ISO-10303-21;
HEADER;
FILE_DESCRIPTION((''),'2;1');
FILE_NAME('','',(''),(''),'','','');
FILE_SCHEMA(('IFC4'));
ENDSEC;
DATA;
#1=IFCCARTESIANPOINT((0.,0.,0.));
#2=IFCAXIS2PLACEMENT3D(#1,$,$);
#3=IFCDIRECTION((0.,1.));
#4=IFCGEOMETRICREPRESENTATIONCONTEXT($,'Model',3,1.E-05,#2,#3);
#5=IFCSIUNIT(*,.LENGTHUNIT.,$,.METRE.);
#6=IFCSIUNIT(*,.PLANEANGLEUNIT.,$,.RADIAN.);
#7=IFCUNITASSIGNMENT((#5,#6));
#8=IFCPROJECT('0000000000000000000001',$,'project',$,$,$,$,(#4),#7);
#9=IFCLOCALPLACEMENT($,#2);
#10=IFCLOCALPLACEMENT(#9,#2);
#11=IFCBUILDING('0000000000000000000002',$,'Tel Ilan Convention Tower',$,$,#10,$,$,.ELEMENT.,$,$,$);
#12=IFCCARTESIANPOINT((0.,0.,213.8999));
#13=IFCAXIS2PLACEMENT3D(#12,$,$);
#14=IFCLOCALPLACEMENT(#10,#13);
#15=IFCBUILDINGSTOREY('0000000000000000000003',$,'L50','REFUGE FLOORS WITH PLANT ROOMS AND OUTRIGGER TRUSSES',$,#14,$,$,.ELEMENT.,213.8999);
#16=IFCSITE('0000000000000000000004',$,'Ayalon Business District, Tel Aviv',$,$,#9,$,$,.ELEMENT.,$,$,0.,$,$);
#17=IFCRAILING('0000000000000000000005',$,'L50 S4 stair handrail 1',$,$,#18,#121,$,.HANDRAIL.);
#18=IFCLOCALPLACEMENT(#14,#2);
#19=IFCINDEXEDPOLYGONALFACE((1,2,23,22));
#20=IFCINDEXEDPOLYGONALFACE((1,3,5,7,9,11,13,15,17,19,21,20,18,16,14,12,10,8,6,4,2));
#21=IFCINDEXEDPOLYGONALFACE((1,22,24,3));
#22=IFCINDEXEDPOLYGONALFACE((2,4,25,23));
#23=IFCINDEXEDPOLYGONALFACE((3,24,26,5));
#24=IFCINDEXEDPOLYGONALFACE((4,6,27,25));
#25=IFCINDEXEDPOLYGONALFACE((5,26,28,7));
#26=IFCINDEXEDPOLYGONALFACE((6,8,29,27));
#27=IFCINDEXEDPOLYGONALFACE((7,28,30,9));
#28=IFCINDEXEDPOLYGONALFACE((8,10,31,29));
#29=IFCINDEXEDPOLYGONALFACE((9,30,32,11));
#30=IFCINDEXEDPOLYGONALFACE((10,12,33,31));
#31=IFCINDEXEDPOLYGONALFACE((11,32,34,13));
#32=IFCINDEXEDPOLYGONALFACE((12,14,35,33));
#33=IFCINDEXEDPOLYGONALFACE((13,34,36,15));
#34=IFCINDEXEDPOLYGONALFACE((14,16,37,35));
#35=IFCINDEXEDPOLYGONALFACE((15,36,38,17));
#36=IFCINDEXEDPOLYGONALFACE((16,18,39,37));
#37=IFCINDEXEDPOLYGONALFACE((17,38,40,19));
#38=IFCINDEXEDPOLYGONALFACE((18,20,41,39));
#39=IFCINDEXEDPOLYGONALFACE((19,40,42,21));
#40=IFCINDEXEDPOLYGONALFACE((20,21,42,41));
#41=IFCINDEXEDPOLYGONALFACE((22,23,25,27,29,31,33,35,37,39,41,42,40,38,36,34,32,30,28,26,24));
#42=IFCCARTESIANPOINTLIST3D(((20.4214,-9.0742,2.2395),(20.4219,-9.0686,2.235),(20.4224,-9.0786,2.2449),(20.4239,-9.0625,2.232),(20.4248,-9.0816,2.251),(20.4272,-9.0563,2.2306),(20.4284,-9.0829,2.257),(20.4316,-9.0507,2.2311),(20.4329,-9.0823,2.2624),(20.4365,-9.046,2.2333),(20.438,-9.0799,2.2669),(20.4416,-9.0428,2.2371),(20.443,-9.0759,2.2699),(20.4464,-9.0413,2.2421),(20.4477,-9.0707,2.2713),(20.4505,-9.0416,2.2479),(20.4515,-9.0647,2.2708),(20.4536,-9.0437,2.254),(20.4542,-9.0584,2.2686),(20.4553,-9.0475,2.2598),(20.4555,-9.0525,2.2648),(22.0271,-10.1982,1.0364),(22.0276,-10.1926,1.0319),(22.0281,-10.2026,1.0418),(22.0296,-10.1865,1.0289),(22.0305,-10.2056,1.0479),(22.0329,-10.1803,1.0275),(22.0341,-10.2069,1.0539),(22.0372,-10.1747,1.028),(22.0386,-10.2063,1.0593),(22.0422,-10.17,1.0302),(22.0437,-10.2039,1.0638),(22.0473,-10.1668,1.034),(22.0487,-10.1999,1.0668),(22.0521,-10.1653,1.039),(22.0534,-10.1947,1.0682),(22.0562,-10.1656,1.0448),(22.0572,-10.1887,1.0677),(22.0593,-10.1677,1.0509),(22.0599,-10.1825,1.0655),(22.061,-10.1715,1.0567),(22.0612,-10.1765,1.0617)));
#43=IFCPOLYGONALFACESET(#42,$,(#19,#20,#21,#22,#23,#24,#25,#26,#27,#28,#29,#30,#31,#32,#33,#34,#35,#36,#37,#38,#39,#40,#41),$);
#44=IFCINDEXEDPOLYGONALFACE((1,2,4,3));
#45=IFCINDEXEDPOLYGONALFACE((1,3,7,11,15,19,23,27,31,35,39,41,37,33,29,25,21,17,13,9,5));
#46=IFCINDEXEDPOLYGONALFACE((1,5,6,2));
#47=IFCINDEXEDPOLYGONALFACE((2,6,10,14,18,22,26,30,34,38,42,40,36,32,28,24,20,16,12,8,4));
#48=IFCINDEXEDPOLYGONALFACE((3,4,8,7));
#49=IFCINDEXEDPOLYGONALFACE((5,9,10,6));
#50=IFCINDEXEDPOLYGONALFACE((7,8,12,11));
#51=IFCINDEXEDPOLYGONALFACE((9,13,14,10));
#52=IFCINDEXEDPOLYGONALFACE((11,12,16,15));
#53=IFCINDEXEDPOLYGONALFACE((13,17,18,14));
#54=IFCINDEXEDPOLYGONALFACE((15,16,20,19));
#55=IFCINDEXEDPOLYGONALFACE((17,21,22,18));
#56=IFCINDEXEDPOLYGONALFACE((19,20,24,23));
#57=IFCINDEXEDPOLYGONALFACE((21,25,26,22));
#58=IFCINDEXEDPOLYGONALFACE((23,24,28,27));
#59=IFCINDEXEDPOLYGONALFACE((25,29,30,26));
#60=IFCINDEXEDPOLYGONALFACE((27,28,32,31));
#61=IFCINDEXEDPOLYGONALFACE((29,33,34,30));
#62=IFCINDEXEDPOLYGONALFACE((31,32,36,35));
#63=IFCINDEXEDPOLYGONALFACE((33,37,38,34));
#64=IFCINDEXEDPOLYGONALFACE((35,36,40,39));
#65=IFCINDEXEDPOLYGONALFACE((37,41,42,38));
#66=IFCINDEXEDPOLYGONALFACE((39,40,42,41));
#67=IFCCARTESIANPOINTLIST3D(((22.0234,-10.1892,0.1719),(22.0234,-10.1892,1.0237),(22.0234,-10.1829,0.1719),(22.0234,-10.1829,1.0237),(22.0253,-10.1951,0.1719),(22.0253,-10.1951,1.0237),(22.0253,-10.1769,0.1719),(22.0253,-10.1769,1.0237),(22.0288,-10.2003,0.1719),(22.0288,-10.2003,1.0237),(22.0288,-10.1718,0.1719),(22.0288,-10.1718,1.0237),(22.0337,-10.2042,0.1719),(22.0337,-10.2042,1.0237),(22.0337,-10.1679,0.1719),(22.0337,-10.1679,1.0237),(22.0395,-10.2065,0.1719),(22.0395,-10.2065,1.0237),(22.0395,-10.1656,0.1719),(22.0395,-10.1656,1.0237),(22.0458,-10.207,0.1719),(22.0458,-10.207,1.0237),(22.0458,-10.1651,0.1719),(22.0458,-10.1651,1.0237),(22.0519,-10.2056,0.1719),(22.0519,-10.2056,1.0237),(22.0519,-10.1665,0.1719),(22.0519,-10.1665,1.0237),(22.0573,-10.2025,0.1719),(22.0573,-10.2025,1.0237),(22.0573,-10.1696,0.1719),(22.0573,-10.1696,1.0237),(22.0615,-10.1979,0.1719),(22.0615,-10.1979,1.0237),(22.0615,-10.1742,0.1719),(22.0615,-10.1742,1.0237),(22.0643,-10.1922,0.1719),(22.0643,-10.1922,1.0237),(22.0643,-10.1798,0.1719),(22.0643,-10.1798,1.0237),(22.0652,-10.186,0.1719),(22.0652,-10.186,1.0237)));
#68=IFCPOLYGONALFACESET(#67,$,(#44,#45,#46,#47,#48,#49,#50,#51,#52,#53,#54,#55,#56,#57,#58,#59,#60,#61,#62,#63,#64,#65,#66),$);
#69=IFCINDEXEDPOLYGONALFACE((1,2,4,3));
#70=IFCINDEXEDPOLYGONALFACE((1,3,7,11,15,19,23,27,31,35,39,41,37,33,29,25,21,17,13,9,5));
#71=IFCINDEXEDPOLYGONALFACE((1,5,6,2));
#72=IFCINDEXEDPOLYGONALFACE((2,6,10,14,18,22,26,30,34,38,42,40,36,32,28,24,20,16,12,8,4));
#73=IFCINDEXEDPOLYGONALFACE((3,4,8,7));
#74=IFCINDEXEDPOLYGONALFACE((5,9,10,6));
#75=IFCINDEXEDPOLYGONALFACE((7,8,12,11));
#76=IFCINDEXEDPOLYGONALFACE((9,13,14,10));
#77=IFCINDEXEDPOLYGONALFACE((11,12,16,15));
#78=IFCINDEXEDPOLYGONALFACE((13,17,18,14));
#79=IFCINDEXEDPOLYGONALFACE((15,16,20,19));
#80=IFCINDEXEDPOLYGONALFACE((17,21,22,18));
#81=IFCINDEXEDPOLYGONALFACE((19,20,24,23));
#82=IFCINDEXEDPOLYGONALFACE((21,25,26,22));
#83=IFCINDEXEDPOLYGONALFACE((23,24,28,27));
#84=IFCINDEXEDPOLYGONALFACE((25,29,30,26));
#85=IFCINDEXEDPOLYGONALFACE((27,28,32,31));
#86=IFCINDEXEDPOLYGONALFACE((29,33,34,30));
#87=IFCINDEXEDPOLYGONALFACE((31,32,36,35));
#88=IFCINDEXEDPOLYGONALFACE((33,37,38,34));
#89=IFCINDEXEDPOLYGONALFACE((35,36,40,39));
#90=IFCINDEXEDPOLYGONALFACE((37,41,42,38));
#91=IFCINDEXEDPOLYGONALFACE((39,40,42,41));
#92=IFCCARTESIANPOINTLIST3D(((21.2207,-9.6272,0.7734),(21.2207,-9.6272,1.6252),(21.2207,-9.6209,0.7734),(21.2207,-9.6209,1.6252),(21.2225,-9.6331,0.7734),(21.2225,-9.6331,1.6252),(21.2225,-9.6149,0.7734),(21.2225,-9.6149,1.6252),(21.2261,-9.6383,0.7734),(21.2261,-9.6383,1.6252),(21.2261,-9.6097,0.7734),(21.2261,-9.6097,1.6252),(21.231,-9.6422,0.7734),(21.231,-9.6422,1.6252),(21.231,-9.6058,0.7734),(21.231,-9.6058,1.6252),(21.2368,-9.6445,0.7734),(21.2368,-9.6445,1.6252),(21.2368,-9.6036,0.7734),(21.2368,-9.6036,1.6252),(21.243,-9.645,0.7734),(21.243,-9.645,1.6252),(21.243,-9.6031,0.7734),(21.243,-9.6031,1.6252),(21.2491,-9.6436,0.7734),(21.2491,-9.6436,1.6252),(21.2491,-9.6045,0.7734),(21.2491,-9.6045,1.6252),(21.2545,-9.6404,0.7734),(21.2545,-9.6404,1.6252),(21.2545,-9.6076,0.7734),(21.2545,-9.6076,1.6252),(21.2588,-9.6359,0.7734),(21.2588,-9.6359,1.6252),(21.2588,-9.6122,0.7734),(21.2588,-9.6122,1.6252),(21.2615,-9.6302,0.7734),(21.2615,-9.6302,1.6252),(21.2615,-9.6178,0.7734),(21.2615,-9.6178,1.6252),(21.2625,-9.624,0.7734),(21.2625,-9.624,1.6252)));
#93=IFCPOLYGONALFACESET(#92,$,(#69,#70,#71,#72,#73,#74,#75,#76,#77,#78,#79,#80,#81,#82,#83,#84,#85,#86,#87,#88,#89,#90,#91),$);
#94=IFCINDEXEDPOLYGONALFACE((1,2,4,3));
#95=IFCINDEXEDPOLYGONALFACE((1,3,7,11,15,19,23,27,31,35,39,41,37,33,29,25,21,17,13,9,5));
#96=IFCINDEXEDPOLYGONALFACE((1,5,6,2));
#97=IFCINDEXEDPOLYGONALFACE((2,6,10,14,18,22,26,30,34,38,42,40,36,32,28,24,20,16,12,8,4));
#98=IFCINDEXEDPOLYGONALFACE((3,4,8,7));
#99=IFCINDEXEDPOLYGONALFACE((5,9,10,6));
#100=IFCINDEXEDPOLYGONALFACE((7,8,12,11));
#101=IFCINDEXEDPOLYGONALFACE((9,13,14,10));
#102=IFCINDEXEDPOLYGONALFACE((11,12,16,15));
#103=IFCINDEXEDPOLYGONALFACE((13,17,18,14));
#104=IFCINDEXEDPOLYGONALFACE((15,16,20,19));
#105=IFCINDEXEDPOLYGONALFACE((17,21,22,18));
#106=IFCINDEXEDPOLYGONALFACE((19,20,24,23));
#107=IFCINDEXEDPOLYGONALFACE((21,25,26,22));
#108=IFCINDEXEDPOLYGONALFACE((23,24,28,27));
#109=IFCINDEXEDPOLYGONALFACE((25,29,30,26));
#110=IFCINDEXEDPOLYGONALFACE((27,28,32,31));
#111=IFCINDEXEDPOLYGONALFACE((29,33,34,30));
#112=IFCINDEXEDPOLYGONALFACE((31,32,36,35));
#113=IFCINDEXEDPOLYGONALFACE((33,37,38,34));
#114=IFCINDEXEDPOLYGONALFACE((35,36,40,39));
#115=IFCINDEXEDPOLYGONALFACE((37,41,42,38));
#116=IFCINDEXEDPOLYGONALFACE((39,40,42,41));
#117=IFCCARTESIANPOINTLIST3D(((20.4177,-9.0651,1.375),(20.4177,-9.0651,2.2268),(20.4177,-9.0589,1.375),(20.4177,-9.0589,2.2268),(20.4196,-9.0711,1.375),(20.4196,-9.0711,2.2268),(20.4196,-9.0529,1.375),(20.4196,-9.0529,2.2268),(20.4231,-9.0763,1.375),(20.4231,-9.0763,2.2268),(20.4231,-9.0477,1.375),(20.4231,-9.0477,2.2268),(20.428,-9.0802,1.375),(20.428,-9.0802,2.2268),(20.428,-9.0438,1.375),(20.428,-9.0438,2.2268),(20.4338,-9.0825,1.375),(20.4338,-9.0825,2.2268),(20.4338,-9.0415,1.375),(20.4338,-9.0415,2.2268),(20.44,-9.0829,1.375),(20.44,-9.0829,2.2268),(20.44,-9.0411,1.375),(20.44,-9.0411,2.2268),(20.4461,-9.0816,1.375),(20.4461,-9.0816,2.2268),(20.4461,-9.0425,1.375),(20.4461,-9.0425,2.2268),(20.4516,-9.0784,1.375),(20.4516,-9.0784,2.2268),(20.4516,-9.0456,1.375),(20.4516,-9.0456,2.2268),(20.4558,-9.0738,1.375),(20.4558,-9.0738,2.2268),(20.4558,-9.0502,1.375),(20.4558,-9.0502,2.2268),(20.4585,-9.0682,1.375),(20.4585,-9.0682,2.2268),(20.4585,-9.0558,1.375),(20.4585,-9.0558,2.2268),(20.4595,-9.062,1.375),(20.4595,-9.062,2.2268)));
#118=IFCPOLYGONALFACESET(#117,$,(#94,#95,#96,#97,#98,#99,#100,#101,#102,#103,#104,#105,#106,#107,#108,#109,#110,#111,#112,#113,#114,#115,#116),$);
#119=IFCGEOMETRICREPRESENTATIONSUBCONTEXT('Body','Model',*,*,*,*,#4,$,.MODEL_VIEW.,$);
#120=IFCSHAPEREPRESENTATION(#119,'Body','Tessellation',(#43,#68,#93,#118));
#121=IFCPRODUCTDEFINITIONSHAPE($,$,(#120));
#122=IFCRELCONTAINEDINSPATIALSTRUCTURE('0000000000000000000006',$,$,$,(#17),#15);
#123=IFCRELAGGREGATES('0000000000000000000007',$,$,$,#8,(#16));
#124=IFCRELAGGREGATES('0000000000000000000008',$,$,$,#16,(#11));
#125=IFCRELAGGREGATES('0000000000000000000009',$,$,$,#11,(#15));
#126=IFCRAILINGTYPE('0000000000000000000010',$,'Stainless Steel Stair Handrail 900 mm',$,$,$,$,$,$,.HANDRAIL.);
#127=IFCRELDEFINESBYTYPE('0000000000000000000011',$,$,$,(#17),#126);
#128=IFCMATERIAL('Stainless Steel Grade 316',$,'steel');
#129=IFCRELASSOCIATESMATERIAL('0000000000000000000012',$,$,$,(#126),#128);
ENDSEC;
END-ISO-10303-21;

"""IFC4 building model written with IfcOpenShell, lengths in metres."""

from ifc_helpers import new_model, si_unit, direction, frame, origin, origin_2d, place, context, subcontext, project, spatial, circle, extrude, material, type_object, element, save


model = new_model("IFC4")

# Units and contexts
model_context = context("Model", 3, precision=1e-05, world=origin(), true_north=direction((0.0, 1.0)))
body_context = subcontext(model_context, "Body", "Model", "MODEL_VIEW")
ifc_project = project(units=[si_unit("LENGTHUNIT", "METRE"), si_unit("PLANEANGLEUNIT", "RADIAN")], contexts=[model_context])

# Site, building, storey
site_placement = place(None, origin())
site = spatial("IfcSite", under=ifc_project, at=site_placement, Name="Ayalon Business District, Tel Aviv", CompositionType="ELEMENT", RefElevation=0.0)
building_placement = place(site_placement, origin())
building = spatial("IfcBuilding", under=site, at=building_placement, Name="Tel Ilan Convention Tower", CompositionType="ELEMENT")
storey_placement = place(building_placement, frame((0.0, 0.0, 213.8999)))
storey = spatial("IfcBuildingStorey", under=building, at=storey_placement, Name="L50", Description="REFUGE FLOORS WITH PLANT ROOMS AND OUTRIGGER TRUSSES", CompositionType="ELEMENT", Elevation=213.8999)

# Railing
ifc_material_1 = material(Name="Stainless Steel Grade 316", Category="steel")
railing_type_1 = type_object("IfcRailingType", Name="Stainless Steel Stair Handrail 900 mm", PredefinedType="HANDRAIL", material=ifc_material_1)
for number, where, name in (
    (1, (22.0442, -10.186, 0.1719), "L50 S4 stair handrail 1"),
):
    element("IfcRailing", number, at=place(storey_placement, frame(where)), inside=storey, type_object=railing_type_1, Name=name, PredefinedType="HANDRAIL", context=body_context, shape_type="SweptSolid", body=[
        extrude(circle(Radius=0.0239, at=origin_2d()), frame((0.0, 0.0, 0.876), z_axis=(-0.698185, 0.48874, 0.523135), x_axis=(-0.573471, -0.819226, 0.0)), (0.0, 0.0, 1.0), 2.2998),
        extrude(circle(Radius=0.021, at=origin_2d()), origin(), (0.0, 0.0, 1.0), 0.8518),
        extrude(circle(Radius=0.021, at=origin_2d()), frame((-0.8027, 0.562, 0.6016)), (0.0, 0.0, 1.0), 0.8518),
        extrude(circle(Radius=0.021, at=origin_2d()), frame((-1.6057, 1.124, 1.2031)), (0.0, 0.0, 1.0), 0.8518),
    ])

save(model, "model.ifc")
